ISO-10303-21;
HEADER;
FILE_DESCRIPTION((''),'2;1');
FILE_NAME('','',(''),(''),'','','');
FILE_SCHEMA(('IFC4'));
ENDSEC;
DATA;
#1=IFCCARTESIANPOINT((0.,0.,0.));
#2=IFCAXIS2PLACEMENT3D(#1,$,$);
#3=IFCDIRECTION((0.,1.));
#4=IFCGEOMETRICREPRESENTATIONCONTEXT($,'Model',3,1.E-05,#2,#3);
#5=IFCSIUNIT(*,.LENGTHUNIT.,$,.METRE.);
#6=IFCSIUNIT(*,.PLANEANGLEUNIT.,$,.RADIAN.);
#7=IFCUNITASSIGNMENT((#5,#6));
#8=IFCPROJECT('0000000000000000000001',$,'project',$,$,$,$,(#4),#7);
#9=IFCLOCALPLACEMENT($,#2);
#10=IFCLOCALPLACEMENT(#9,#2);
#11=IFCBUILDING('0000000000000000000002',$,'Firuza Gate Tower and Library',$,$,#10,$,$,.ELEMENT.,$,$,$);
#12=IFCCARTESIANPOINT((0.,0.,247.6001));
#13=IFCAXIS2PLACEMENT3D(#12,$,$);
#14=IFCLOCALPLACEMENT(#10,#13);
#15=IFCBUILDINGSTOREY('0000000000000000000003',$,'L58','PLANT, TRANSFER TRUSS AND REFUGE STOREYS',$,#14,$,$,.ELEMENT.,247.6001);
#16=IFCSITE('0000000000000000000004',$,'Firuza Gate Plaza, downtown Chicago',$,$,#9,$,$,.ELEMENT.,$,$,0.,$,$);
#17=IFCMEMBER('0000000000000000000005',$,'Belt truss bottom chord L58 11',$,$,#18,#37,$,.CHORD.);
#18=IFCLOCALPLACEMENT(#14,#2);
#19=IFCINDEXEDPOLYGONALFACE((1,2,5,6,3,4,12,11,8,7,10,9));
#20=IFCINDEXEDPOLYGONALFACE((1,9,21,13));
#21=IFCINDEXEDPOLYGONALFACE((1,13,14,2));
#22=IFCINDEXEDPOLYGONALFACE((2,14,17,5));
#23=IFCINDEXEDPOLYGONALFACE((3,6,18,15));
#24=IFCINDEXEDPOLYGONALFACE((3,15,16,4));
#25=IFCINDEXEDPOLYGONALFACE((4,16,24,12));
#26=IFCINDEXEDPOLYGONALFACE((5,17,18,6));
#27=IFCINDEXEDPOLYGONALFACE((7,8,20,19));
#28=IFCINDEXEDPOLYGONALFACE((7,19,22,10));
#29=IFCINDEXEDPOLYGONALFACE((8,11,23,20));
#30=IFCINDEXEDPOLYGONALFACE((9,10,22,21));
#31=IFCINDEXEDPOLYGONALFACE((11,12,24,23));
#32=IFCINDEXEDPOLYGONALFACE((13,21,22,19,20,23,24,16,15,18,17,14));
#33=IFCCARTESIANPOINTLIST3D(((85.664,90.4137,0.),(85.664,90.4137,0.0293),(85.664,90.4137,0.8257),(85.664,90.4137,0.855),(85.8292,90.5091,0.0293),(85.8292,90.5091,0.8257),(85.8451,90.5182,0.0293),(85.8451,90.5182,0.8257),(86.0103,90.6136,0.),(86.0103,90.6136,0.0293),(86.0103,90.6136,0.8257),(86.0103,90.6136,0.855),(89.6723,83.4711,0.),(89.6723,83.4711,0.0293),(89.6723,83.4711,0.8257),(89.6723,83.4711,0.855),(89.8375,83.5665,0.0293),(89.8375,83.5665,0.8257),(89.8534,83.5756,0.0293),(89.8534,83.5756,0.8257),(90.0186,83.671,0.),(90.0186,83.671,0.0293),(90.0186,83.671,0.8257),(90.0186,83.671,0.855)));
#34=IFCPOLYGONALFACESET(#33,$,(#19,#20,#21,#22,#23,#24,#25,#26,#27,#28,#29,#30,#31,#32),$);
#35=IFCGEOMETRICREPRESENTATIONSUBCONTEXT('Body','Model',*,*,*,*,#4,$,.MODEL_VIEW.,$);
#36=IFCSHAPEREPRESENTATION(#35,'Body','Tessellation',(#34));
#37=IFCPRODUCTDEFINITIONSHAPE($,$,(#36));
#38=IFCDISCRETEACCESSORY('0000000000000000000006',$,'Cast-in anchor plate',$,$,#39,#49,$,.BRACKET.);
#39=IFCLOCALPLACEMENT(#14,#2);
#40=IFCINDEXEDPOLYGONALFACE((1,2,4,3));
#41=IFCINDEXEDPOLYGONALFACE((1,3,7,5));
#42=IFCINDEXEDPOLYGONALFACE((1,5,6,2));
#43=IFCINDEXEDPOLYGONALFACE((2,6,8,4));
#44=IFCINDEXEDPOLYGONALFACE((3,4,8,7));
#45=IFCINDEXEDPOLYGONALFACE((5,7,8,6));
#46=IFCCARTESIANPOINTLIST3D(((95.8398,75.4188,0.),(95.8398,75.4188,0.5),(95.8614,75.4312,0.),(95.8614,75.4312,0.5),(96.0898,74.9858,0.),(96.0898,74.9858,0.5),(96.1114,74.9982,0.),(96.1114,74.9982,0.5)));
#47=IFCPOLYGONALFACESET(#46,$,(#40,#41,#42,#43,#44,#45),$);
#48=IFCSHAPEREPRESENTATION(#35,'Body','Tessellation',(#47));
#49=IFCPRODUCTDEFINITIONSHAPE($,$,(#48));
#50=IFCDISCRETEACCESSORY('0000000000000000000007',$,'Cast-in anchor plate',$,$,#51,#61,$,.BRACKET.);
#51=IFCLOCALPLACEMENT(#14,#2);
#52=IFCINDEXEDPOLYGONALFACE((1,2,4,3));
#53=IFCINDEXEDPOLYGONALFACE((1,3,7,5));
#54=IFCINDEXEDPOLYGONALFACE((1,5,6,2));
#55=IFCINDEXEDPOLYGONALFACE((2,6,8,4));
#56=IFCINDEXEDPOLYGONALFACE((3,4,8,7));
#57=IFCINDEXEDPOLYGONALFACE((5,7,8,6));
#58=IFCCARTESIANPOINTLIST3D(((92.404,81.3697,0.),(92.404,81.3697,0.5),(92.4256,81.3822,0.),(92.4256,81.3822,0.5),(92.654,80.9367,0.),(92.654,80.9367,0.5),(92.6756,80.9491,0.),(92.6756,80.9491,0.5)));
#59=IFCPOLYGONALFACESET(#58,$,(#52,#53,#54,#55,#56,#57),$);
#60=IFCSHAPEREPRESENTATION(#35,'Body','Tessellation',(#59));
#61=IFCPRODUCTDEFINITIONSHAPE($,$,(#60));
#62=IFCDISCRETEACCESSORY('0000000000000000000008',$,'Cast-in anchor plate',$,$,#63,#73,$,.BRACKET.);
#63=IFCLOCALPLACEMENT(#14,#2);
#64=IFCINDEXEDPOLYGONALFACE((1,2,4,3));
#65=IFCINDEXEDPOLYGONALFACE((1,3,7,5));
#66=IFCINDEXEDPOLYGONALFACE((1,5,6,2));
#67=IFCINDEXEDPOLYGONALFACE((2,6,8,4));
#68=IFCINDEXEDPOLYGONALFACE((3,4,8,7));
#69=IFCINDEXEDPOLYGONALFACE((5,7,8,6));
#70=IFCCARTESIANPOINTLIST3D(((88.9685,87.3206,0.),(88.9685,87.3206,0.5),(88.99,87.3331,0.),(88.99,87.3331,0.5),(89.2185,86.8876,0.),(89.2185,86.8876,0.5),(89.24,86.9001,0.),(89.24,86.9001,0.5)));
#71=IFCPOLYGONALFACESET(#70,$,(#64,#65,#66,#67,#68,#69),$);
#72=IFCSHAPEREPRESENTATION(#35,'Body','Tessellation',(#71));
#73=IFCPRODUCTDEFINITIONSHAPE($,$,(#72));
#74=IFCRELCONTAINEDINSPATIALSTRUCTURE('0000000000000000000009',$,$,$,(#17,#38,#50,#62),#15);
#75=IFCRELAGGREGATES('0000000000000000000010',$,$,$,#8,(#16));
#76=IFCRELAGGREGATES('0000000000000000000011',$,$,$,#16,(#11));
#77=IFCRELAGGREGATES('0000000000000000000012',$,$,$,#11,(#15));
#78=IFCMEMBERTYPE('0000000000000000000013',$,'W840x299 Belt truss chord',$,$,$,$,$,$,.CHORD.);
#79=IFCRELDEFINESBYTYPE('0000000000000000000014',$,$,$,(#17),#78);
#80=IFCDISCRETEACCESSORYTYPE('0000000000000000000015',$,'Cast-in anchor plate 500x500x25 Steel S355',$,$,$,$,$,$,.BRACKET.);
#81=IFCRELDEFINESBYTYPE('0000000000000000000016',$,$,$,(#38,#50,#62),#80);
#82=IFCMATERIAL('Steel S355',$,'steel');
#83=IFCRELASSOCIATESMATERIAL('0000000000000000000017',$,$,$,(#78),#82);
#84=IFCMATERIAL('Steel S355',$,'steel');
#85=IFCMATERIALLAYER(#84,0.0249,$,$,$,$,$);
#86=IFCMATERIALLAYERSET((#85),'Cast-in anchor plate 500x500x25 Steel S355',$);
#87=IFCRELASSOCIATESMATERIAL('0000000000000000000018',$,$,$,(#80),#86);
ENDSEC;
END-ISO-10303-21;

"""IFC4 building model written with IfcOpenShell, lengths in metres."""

from ifc_helpers import new_model, si_unit, direction, frame, origin, origin_2d, place, context, subcontext, project, spatial, rectangle, i_section, extrude, material, layer, layer_set, material_profile, profile_set, type_object, element, save


model = new_model("IFC4")

# Units and contexts
model_context = context("Model", 3, precision=1e-05, world=origin(), true_north=direction((0.0, 1.0)))
body_context = subcontext(model_context, "Body", "Model", "MODEL_VIEW")
ifc_project = project(units=[si_unit("LENGTHUNIT", "METRE"), si_unit("PLANEANGLEUNIT", "RADIAN")], contexts=[model_context])

# Site, building, storey
site_placement = place(None, origin())
site = spatial("IfcSite", under=ifc_project, at=site_placement, Name="Firuza Gate Plaza, downtown Chicago", CompositionType="ELEMENT", RefElevation=0.0)
building_placement = place(site_placement, origin())
building = spatial("IfcBuilding", under=site, at=building_placement, Name="Firuza Gate Tower and Library", CompositionType="ELEMENT")
storey_placement = place(building_placement, frame((0.0, 0.0, 247.6001)))
storey = spatial("IfcBuildingStorey", under=building, at=storey_placement, Name="L58", Description="PLANT, TRANSFER TRUSS AND REFUGE STOREYS", CompositionType="ELEMENT", Elevation=247.6001)

# Member
ifc_material_1 = material(Name="Steel S355", Category="steel")
ifc_material_profile_1 = material_profile(ifc_material_1, i_section(OverallWidth=0.3999, OverallDepth=0.855, WebThickness=0.0183, FlangeThickness=0.0293, at=origin_2d()))
ifc_profile_set_1 = profile_set([ifc_material_profile_1], Name="Steel S355")
member_type_1 = type_object("IfcMemberType", Name="W840x299 Belt truss chord", PredefinedType="CHORD", material=ifc_profile_set_1)
member_1_placement = place(storey_placement, frame((89.8455, 83.571, 0.4275), z_axis=(-0.499997, 0.866027, 0.0), x_axis=(-0.866027, -0.499997, 0.0)))
element("IfcMember", 1, at=member_1_placement, inside=storey, type_object=member_type_1, Name="Belt truss bottom chord L58 11", PredefinedType="CHORD", context=body_context, shape_type="SweptSolid", body=[
    extrude(i_section(OverallWidth=0.3999, OverallDepth=0.855, WebThickness=0.0183, FlangeThickness=0.0293, at=origin_2d()), origin(), (0.0, 0.0, 1.0), 8.0166),
])

# Discrete accessories
ifc_material_2 = material(Name="Steel S355", Category="steel")
ifc_layer = layer(ifc_material_2, 0.0249)
ifc_layer_set = layer_set([ifc_layer], Name="Cast-in anchor plate 500x500x25 Steel S355")
discrete_accessory_type = type_object("IfcDiscreteAccessoryType", Name="Cast-in anchor plate 500x500x25 Steel S355", PredefinedType="BRACKET", material=ifc_layer_set)
for number, where, z_axis, x_axis, name in (
    (2, (95.9756, 75.2085, 0.0), (0.0, 0.0, 1.0), (-0.5, 0.866025, 0.0), "Cast-in anchor plate"),
    (3, (92.5398, 81.1594, 0.0), (0.0, 0.0, 1.0), (-0.5, 0.866025, 0.0), "Cast-in anchor plate"),
    (4, (89.1042, 87.1104, 0.0), (0.0, 0.0, 1.0), (-0.5, 0.866025, 0.0), "Cast-in anchor plate"),
):
    element("IfcDiscreteAccessory", number, at=place(storey_placement, frame(where, z_axis=z_axis, x_axis=x_axis)), inside=storey, type_object=discrete_accessory_type, Name=name, PredefinedType="BRACKET", context=body_context, shape_type="SweptSolid", body=[
        extrude(rectangle(XDim=0.5, YDim=0.0249, at=origin_2d()), origin(), (0.0, 0.0, 1.0), 0.5),
    ])

save(model, "model.ifc")
